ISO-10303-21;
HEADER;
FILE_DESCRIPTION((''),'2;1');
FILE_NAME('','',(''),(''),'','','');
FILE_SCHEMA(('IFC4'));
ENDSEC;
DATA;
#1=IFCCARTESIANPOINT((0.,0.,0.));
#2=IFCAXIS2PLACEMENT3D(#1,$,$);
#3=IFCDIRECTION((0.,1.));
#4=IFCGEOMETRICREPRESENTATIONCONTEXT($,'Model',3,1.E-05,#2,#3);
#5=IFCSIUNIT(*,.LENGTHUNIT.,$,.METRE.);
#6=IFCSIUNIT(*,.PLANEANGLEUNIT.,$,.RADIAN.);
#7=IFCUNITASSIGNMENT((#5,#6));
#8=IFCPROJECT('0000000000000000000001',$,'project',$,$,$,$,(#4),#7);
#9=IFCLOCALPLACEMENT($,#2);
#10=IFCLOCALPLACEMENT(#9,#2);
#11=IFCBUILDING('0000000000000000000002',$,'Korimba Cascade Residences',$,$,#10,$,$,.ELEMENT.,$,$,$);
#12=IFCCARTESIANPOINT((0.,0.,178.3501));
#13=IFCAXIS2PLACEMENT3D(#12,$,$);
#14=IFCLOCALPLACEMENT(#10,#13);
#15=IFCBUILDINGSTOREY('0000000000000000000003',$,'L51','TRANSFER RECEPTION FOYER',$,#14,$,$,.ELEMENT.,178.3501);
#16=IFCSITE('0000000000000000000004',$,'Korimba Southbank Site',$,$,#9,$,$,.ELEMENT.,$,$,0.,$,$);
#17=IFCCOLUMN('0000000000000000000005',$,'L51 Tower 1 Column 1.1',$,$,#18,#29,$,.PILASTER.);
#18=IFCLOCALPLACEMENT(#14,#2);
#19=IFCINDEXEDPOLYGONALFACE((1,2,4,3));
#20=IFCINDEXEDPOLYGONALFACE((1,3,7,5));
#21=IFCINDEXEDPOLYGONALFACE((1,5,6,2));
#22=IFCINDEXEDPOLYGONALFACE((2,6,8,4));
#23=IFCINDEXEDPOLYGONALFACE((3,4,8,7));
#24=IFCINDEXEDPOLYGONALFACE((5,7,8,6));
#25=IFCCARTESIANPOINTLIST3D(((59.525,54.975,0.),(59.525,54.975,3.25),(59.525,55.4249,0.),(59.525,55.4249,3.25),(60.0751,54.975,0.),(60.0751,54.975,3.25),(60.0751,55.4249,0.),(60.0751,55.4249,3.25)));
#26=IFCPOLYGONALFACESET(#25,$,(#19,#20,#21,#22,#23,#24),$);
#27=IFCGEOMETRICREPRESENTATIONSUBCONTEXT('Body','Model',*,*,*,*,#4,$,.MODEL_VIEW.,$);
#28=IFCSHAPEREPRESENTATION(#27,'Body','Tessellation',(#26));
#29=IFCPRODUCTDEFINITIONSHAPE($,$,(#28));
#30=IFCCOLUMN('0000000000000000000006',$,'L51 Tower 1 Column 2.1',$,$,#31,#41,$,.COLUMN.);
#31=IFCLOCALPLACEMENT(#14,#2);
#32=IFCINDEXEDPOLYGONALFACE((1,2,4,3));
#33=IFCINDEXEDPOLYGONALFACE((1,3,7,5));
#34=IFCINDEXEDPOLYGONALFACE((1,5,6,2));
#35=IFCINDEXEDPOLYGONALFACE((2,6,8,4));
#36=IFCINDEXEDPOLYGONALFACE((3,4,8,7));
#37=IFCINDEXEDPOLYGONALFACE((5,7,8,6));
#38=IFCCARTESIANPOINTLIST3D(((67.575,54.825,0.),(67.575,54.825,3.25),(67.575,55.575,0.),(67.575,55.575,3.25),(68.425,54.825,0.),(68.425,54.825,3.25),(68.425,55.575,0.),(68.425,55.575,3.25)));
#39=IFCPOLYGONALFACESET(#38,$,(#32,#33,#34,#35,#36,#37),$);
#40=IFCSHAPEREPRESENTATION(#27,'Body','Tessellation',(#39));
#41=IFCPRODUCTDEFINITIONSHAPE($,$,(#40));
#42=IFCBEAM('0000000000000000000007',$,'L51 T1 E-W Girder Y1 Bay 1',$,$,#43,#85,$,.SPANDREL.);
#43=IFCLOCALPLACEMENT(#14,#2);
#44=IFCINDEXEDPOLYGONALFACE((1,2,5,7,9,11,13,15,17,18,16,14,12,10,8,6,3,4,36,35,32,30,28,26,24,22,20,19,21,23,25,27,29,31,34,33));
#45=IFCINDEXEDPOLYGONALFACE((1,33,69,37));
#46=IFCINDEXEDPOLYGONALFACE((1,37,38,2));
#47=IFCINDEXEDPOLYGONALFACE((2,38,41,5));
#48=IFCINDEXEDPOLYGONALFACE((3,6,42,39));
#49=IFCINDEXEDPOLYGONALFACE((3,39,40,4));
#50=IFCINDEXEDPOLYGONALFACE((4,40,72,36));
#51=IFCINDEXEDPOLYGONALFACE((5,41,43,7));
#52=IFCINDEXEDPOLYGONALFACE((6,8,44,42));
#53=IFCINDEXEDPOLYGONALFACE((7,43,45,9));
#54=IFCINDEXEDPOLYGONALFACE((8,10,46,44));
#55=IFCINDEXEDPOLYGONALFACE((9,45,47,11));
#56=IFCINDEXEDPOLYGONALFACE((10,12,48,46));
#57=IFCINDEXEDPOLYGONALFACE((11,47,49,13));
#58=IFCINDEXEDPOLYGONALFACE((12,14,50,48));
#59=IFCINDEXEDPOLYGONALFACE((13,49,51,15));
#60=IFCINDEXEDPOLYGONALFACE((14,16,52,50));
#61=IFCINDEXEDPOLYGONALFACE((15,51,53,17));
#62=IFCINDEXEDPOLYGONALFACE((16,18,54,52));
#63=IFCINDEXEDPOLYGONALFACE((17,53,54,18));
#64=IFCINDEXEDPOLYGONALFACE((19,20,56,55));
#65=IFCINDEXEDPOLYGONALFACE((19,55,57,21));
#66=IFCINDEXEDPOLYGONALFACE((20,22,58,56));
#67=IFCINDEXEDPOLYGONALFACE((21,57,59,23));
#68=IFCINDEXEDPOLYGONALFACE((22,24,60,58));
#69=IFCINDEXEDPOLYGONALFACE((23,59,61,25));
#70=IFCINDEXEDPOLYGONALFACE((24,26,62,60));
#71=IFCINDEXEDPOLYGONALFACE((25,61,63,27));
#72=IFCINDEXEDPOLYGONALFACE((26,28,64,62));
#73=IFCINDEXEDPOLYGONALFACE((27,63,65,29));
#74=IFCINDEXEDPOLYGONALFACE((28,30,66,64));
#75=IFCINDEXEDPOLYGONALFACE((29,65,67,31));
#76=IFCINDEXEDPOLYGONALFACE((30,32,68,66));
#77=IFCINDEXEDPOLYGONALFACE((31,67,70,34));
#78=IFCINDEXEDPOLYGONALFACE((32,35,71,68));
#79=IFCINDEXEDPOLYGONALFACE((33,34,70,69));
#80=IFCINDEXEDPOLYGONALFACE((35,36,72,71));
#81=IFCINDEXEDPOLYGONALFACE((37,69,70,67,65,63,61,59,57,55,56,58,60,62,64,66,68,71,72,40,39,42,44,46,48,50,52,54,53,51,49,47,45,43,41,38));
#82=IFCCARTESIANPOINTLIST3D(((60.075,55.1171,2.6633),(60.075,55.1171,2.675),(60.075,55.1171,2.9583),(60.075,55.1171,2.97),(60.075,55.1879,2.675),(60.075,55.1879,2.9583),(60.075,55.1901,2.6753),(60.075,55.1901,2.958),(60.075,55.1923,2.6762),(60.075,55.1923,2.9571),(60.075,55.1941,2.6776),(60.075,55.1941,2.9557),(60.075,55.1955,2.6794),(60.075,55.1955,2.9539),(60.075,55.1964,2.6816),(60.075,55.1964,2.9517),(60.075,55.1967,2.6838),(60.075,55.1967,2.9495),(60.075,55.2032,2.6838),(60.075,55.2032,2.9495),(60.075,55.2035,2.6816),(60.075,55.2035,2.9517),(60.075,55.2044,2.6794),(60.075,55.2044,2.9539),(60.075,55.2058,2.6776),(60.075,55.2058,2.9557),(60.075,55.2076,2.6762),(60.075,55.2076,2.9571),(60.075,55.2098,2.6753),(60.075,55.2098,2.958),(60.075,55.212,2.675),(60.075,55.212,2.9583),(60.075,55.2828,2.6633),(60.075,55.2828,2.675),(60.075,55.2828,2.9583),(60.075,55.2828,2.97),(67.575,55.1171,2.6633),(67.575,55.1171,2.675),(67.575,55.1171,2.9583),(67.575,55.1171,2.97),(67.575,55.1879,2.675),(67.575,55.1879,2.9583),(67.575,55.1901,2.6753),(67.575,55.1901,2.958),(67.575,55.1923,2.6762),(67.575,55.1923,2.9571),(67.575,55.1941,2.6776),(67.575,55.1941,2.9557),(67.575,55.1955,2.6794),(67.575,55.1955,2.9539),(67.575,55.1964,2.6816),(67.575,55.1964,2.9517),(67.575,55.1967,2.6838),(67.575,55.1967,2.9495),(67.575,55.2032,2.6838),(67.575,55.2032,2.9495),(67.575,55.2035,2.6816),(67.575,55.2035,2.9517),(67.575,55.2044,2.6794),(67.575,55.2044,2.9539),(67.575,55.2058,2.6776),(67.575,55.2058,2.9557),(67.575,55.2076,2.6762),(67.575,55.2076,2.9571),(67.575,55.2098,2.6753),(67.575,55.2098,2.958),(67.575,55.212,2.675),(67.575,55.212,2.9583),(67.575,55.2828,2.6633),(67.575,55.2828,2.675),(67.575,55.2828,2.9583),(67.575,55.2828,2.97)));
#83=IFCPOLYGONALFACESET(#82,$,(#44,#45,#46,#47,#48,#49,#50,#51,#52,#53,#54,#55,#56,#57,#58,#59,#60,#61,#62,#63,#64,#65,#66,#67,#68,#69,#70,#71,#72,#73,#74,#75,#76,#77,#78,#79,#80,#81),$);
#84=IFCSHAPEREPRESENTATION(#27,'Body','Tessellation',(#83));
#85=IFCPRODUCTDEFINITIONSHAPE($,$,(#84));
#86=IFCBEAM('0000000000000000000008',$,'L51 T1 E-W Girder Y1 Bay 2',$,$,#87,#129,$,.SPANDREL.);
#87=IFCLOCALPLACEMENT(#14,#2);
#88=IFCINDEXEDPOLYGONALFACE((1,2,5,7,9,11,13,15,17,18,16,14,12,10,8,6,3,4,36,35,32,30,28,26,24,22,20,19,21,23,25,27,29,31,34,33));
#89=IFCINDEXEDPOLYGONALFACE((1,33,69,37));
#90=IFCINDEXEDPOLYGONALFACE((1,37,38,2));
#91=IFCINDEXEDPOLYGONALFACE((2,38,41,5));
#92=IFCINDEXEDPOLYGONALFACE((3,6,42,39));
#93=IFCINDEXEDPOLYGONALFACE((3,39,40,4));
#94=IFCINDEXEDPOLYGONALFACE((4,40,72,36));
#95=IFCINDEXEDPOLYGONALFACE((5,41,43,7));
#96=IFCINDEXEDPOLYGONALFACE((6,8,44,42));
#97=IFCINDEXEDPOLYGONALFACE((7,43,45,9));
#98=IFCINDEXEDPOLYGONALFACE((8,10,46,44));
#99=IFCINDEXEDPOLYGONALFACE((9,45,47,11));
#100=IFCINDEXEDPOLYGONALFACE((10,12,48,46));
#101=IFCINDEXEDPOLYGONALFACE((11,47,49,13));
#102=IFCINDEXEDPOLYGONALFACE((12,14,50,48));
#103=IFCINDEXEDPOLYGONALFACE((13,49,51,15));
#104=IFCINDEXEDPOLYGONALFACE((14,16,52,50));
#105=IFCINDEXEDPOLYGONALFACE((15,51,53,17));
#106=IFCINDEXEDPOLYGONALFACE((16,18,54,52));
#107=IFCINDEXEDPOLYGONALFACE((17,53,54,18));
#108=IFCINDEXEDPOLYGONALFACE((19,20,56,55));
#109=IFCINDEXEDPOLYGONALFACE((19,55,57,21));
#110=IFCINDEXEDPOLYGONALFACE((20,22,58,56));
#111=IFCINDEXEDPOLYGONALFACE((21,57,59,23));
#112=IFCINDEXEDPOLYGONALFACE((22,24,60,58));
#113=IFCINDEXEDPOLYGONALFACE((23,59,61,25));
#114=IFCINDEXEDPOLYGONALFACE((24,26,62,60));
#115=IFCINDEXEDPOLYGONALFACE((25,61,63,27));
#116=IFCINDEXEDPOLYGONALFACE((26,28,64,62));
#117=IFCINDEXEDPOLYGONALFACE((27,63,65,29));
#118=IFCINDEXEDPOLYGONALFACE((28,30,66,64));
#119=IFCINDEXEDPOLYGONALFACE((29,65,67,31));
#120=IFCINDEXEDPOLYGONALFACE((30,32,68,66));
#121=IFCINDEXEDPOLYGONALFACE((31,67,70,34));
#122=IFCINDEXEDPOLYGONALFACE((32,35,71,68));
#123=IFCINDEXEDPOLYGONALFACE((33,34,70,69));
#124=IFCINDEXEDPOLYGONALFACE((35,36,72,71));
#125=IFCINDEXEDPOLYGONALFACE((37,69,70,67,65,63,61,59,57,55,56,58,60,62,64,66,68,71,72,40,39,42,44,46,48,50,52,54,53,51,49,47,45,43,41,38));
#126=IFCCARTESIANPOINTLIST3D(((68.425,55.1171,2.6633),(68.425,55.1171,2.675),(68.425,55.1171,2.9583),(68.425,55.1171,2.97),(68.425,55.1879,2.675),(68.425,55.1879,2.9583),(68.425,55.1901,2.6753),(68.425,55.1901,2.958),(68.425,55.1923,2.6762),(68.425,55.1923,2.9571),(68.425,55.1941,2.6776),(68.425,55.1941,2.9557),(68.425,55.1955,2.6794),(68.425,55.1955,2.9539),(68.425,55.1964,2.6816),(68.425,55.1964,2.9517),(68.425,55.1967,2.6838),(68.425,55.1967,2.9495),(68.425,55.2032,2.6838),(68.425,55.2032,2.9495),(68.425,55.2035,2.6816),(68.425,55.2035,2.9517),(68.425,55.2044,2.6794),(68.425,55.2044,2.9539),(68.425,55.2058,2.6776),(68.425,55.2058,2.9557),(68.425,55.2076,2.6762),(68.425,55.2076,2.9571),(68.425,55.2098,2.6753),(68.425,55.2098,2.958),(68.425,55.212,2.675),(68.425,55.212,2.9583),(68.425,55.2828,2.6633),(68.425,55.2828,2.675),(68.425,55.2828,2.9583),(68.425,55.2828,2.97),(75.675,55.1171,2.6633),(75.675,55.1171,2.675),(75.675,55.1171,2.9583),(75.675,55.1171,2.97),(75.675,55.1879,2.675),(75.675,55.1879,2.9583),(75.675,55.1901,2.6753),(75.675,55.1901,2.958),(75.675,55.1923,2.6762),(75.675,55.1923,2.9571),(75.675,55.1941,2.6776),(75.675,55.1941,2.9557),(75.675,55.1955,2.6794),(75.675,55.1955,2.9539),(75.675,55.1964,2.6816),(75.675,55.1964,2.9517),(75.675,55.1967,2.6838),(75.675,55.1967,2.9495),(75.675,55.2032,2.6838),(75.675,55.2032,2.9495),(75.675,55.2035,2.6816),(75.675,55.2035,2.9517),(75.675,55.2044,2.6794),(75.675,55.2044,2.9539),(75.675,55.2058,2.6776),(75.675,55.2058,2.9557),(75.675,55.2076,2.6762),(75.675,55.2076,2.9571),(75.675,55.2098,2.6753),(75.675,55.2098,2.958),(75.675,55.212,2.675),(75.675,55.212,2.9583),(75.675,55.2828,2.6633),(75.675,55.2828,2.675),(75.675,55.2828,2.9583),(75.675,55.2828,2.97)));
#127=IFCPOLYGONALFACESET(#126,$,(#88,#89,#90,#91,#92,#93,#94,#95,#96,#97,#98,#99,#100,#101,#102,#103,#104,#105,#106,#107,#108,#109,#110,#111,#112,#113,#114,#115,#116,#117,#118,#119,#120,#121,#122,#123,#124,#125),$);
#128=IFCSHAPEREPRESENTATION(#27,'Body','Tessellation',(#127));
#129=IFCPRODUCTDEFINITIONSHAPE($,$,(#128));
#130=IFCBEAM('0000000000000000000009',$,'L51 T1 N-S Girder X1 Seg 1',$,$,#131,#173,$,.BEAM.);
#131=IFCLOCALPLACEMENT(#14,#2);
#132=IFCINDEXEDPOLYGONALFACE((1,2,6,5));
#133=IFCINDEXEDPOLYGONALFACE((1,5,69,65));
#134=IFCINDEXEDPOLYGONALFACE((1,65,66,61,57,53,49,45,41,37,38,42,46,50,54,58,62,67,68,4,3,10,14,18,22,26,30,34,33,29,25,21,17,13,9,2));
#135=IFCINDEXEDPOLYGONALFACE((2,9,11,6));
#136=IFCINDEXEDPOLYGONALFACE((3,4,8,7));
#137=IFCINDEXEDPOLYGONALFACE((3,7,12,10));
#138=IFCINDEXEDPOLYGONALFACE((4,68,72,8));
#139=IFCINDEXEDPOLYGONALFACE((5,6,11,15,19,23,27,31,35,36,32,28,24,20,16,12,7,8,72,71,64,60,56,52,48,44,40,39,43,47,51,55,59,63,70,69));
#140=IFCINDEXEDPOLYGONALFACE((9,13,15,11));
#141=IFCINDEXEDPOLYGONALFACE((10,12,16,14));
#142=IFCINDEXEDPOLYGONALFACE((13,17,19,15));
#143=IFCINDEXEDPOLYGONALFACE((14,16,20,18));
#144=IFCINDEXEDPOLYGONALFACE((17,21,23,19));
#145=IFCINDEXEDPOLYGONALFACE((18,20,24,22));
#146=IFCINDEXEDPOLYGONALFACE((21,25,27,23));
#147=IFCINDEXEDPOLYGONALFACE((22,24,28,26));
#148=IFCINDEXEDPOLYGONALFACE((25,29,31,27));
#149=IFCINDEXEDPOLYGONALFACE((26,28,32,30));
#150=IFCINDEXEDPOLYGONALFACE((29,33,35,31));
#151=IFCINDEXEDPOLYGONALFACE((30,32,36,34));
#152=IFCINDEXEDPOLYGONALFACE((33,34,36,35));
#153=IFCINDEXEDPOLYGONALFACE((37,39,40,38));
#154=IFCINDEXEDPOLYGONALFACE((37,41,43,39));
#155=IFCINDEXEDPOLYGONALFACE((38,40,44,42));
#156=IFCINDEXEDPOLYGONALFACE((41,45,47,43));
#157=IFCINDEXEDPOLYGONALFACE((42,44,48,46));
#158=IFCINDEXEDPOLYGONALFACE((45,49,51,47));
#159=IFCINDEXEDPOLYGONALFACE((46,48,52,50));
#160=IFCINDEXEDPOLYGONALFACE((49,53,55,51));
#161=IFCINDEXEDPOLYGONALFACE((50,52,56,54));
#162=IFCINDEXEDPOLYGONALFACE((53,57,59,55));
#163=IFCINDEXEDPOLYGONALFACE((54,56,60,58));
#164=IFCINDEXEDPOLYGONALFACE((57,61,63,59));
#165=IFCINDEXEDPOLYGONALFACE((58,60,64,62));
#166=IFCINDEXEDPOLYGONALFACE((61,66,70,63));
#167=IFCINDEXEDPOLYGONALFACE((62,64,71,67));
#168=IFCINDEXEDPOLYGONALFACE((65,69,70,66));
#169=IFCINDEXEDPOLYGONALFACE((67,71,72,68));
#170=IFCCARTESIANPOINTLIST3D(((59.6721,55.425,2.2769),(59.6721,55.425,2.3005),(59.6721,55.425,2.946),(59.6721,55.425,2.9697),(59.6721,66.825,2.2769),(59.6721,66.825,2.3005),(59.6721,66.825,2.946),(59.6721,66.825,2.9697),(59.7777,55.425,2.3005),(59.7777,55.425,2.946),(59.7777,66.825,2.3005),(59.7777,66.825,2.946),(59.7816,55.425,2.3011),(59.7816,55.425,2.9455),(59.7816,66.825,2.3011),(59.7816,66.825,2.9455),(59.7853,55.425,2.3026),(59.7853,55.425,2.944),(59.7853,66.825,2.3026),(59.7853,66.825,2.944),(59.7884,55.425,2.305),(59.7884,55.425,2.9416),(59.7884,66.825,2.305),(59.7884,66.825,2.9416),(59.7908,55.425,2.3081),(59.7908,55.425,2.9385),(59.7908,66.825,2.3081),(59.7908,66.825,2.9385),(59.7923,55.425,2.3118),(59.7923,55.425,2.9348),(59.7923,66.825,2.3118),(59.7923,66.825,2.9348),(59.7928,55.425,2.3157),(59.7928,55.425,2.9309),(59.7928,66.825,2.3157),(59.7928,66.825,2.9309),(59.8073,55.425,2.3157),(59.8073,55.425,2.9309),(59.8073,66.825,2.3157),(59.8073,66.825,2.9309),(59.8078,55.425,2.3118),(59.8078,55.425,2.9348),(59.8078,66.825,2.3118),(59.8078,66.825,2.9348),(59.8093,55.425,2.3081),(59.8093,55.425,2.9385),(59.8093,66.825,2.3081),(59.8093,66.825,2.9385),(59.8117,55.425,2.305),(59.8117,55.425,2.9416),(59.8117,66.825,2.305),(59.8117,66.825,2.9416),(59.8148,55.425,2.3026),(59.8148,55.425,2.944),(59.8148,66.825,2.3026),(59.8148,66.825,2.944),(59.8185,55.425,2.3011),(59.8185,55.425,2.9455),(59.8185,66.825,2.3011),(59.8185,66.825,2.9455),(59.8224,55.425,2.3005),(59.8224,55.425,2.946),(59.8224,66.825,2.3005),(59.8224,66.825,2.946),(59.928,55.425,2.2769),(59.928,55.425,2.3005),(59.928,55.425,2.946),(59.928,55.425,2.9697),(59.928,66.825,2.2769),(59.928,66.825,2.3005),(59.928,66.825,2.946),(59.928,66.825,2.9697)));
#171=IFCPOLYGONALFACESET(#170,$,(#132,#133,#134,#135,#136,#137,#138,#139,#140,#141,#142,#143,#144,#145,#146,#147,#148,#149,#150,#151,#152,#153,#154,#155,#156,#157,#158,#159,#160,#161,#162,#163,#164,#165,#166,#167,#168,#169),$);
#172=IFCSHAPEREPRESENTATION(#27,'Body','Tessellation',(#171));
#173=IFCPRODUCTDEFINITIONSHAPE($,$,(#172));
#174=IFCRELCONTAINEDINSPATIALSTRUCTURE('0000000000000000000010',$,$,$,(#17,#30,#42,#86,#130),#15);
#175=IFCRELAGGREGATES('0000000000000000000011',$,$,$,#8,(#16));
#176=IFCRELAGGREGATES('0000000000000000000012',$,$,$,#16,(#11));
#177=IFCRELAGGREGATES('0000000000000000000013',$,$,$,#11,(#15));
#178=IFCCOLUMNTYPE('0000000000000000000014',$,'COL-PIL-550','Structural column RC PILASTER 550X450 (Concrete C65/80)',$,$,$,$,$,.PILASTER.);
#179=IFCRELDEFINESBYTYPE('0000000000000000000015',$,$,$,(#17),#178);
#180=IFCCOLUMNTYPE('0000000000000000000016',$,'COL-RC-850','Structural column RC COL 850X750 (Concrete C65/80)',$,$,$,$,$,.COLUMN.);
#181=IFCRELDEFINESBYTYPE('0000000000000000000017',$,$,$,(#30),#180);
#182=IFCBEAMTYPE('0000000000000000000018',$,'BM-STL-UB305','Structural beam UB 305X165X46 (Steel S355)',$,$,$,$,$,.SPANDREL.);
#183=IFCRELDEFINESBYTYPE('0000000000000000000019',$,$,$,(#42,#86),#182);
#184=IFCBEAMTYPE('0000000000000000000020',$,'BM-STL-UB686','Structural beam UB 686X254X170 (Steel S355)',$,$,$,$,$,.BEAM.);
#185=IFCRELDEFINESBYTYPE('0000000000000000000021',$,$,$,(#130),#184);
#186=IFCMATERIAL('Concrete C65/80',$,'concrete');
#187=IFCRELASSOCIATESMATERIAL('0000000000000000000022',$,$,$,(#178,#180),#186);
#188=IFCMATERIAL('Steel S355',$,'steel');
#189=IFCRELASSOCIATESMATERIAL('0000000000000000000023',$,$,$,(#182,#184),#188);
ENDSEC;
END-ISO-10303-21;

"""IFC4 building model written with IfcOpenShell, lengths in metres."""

from ifc_helpers import new_model, si_unit, direction, frame, origin, origin_2d, place, context, subcontext, project, spatial, rectangle, i_section, extrude, material, material_profile, profile_set, type_object, element, save


model = new_model("IFC4")

# Units and contexts
model_context = context("Model", 3, precision=1e-05, world=origin(), true_north=direction((0.0, 1.0)))
body_context = subcontext(model_context, "Body", "Model", "MODEL_VIEW")
ifc_project = project(units=[si_unit("LENGTHUNIT", "METRE"), si_unit("PLANEANGLEUNIT", "RADIAN")], contexts=[model_context])

# Site, building, storey
site_placement = place(None, origin())
site = spatial("IfcSite", under=ifc_project, at=site_placement, Name="Korimba Southbank Site", CompositionType="ELEMENT", RefElevation=0.0)
building_placement = place(site_placement, origin())
building = spatial("IfcBuilding", under=site, at=building_placement, Name="Korimba Cascade Residences", CompositionType="ELEMENT")
storey_placement = place(building_placement, frame((0.0, 0.0, 178.3501)))
storey = spatial("IfcBuildingStorey", under=building, at=storey_placement, Name="L51", Description="TRANSFER RECEPTION FOYER", CompositionType="ELEMENT", Elevation=178.3501)

# Columns
ifc_material_1 = material(Name="Concrete C65/80", Category="concrete")
ifc_material_profile_1 = material_profile(ifc_material_1, rectangle(XDim=0.55, YDim=0.45, at=origin_2d()), Name="Concrete C65/80")
ifc_profile_set_1 = profile_set([ifc_material_profile_1], Name="Concrete C65/80")
column_type_1 = type_object("IfcColumnType", Name="COL-PIL-550", Description="Structural column RC PILASTER 550X450 (Concrete C65/80)", PredefinedType="PILASTER", material=ifc_profile_set_1)
column_1_placement = place(storey_placement, frame((59.8, 55.2, 0.0), z_axis=(0.0, 0.0, 1.0), x_axis=(1.0, 0.0, 0.0)))
element("IfcColumn", 1, at=column_1_placement, inside=storey, type_object=column_type_1, Name="L51 Tower 1 Column 1.1", PredefinedType="PILASTER", context=body_context, shape_type="SweptSolid", body=[
    extrude(rectangle(XDim=0.55, YDim=0.45, at=origin_2d()), origin(), (0.0, 0.0, 1.0), 3.25),
])
ifc_material_profile_2 = material_profile(ifc_material_1, rectangle(XDim=0.8501, YDim=0.75, at=origin_2d()), Name="Concrete C65/80")
ifc_profile_set_2 = profile_set([ifc_material_profile_2], Name="Concrete C65/80")
column_type_2 = type_object("IfcColumnType", Name="COL-RC-850", Description="Structural column RC COL 850X750 (Concrete C65/80)", PredefinedType="COLUMN", material=ifc_profile_set_2)
column_2_placement = place(storey_placement, frame((68.0, 55.2, 0.0), z_axis=(0.0, 0.0, 1.0), x_axis=(1.0, 0.0, 0.0)))
element("IfcColumn", 2, at=column_2_placement, inside=storey, type_object=column_type_2, Name="L51 Tower 1 Column 2.1", PredefinedType="COLUMN", context=body_context, shape_type="SweptSolid", body=[
    extrude(rectangle(XDim=0.8501, YDim=0.75, at=origin_2d()), origin(), (0.0, 0.0, 1.0), 3.25),
])

# Beams
ifc_material_2 = material(Name="Steel S355", Category="steel")
ifc_material_profile_3 = material_profile(ifc_material_2, i_section(OverallWidth=0.1658, OverallDepth=0.3066, WebThickness=0.0066, FlangeThickness=0.0117, FilletRadius=0.0088, at=origin_2d()), Name="Steel S355")
ifc_profile_set_3 = profile_set([ifc_material_profile_3], Name="Steel S355")
beam_type_1 = type_object("IfcBeamType", Name="BM-STL-UB305", Description="Structural beam UB 305X165X46 (Steel S355)", PredefinedType="SPANDREL", material=ifc_profile_set_3)
beam_1_placement = place(storey_placement, frame((60.075, 55.2, 2.8167), z_axis=(1.0, 0.0, 0.0), x_axis=(0.0, 1.0, 0.0)))
element("IfcBeam", 3, at=beam_1_placement, inside=storey, type_object=beam_type_1, Name="L51 T1 E-W Girder Y1 Bay 1", PredefinedType="SPANDREL", context=body_context, shape_type="SweptSolid", body=[
    extrude(i_section(OverallWidth=0.1658, OverallDepth=0.3066, WebThickness=0.0066, FlangeThickness=0.0117, FilletRadius=0.0088, at=origin_2d()), origin(), (0.0, 0.0, 1.0), 7.5),
])
beam_2_placement = place(storey_placement, frame((68.425, 55.2, 2.8167), z_axis=(1.0, 0.0, 0.0), x_axis=(0.0, 1.0, 0.0)))
element("IfcBeam", 4, at=beam_2_placement, inside=storey, type_object=beam_type_1, Name="L51 T1 E-W Girder Y1 Bay 2", PredefinedType="SPANDREL", context=body_context, shape_type="SweptSolid", body=[
    extrude(i_section(OverallWidth=0.1658, OverallDepth=0.3066, WebThickness=0.0066, FlangeThickness=0.0117, FilletRadius=0.0088, at=origin_2d()), origin(), (0.0, 0.0, 1.0), 7.25),
])
ifc_material_profile_4 = material_profile(ifc_material_2, i_section(OverallWidth=0.2559, OverallDepth=0.6929, WebThickness=0.0144, FlangeThickness=0.0237, FilletRadius=0.0151, at=origin_2d()), Name="Steel S355")
ifc_profile_set_4 = profile_set([ifc_material_profile_4], Name="Steel S355")
beam_type_2 = type_object("IfcBeamType", Name="BM-STL-UB686", Description="Structural beam UB 686X254X170 (Steel S355)", PredefinedType="BEAM", material=ifc_profile_set_4)
beam_3_placement = place(storey_placement, frame((59.8, 55.425, 2.6233), z_axis=(0.0, 1.0, 0.0), x_axis=(-1.0, 0.0, 0.0)))
element("IfcBeam", 5, at=beam_3_placement, inside=storey, type_object=beam_type_2, Name="L51 T1 N-S Girder X1 Seg 1", PredefinedType="BEAM", context=body_context, shape_type="SweptSolid", body=[
    extrude(i_section(OverallWidth=0.2559, OverallDepth=0.6929, WebThickness=0.0144, FlangeThickness=0.0237, FilletRadius=0.0151, at=origin_2d()), origin(), (0.0, 0.0, 1.0), 11.3999),
])

save(model, "model.ifc")
